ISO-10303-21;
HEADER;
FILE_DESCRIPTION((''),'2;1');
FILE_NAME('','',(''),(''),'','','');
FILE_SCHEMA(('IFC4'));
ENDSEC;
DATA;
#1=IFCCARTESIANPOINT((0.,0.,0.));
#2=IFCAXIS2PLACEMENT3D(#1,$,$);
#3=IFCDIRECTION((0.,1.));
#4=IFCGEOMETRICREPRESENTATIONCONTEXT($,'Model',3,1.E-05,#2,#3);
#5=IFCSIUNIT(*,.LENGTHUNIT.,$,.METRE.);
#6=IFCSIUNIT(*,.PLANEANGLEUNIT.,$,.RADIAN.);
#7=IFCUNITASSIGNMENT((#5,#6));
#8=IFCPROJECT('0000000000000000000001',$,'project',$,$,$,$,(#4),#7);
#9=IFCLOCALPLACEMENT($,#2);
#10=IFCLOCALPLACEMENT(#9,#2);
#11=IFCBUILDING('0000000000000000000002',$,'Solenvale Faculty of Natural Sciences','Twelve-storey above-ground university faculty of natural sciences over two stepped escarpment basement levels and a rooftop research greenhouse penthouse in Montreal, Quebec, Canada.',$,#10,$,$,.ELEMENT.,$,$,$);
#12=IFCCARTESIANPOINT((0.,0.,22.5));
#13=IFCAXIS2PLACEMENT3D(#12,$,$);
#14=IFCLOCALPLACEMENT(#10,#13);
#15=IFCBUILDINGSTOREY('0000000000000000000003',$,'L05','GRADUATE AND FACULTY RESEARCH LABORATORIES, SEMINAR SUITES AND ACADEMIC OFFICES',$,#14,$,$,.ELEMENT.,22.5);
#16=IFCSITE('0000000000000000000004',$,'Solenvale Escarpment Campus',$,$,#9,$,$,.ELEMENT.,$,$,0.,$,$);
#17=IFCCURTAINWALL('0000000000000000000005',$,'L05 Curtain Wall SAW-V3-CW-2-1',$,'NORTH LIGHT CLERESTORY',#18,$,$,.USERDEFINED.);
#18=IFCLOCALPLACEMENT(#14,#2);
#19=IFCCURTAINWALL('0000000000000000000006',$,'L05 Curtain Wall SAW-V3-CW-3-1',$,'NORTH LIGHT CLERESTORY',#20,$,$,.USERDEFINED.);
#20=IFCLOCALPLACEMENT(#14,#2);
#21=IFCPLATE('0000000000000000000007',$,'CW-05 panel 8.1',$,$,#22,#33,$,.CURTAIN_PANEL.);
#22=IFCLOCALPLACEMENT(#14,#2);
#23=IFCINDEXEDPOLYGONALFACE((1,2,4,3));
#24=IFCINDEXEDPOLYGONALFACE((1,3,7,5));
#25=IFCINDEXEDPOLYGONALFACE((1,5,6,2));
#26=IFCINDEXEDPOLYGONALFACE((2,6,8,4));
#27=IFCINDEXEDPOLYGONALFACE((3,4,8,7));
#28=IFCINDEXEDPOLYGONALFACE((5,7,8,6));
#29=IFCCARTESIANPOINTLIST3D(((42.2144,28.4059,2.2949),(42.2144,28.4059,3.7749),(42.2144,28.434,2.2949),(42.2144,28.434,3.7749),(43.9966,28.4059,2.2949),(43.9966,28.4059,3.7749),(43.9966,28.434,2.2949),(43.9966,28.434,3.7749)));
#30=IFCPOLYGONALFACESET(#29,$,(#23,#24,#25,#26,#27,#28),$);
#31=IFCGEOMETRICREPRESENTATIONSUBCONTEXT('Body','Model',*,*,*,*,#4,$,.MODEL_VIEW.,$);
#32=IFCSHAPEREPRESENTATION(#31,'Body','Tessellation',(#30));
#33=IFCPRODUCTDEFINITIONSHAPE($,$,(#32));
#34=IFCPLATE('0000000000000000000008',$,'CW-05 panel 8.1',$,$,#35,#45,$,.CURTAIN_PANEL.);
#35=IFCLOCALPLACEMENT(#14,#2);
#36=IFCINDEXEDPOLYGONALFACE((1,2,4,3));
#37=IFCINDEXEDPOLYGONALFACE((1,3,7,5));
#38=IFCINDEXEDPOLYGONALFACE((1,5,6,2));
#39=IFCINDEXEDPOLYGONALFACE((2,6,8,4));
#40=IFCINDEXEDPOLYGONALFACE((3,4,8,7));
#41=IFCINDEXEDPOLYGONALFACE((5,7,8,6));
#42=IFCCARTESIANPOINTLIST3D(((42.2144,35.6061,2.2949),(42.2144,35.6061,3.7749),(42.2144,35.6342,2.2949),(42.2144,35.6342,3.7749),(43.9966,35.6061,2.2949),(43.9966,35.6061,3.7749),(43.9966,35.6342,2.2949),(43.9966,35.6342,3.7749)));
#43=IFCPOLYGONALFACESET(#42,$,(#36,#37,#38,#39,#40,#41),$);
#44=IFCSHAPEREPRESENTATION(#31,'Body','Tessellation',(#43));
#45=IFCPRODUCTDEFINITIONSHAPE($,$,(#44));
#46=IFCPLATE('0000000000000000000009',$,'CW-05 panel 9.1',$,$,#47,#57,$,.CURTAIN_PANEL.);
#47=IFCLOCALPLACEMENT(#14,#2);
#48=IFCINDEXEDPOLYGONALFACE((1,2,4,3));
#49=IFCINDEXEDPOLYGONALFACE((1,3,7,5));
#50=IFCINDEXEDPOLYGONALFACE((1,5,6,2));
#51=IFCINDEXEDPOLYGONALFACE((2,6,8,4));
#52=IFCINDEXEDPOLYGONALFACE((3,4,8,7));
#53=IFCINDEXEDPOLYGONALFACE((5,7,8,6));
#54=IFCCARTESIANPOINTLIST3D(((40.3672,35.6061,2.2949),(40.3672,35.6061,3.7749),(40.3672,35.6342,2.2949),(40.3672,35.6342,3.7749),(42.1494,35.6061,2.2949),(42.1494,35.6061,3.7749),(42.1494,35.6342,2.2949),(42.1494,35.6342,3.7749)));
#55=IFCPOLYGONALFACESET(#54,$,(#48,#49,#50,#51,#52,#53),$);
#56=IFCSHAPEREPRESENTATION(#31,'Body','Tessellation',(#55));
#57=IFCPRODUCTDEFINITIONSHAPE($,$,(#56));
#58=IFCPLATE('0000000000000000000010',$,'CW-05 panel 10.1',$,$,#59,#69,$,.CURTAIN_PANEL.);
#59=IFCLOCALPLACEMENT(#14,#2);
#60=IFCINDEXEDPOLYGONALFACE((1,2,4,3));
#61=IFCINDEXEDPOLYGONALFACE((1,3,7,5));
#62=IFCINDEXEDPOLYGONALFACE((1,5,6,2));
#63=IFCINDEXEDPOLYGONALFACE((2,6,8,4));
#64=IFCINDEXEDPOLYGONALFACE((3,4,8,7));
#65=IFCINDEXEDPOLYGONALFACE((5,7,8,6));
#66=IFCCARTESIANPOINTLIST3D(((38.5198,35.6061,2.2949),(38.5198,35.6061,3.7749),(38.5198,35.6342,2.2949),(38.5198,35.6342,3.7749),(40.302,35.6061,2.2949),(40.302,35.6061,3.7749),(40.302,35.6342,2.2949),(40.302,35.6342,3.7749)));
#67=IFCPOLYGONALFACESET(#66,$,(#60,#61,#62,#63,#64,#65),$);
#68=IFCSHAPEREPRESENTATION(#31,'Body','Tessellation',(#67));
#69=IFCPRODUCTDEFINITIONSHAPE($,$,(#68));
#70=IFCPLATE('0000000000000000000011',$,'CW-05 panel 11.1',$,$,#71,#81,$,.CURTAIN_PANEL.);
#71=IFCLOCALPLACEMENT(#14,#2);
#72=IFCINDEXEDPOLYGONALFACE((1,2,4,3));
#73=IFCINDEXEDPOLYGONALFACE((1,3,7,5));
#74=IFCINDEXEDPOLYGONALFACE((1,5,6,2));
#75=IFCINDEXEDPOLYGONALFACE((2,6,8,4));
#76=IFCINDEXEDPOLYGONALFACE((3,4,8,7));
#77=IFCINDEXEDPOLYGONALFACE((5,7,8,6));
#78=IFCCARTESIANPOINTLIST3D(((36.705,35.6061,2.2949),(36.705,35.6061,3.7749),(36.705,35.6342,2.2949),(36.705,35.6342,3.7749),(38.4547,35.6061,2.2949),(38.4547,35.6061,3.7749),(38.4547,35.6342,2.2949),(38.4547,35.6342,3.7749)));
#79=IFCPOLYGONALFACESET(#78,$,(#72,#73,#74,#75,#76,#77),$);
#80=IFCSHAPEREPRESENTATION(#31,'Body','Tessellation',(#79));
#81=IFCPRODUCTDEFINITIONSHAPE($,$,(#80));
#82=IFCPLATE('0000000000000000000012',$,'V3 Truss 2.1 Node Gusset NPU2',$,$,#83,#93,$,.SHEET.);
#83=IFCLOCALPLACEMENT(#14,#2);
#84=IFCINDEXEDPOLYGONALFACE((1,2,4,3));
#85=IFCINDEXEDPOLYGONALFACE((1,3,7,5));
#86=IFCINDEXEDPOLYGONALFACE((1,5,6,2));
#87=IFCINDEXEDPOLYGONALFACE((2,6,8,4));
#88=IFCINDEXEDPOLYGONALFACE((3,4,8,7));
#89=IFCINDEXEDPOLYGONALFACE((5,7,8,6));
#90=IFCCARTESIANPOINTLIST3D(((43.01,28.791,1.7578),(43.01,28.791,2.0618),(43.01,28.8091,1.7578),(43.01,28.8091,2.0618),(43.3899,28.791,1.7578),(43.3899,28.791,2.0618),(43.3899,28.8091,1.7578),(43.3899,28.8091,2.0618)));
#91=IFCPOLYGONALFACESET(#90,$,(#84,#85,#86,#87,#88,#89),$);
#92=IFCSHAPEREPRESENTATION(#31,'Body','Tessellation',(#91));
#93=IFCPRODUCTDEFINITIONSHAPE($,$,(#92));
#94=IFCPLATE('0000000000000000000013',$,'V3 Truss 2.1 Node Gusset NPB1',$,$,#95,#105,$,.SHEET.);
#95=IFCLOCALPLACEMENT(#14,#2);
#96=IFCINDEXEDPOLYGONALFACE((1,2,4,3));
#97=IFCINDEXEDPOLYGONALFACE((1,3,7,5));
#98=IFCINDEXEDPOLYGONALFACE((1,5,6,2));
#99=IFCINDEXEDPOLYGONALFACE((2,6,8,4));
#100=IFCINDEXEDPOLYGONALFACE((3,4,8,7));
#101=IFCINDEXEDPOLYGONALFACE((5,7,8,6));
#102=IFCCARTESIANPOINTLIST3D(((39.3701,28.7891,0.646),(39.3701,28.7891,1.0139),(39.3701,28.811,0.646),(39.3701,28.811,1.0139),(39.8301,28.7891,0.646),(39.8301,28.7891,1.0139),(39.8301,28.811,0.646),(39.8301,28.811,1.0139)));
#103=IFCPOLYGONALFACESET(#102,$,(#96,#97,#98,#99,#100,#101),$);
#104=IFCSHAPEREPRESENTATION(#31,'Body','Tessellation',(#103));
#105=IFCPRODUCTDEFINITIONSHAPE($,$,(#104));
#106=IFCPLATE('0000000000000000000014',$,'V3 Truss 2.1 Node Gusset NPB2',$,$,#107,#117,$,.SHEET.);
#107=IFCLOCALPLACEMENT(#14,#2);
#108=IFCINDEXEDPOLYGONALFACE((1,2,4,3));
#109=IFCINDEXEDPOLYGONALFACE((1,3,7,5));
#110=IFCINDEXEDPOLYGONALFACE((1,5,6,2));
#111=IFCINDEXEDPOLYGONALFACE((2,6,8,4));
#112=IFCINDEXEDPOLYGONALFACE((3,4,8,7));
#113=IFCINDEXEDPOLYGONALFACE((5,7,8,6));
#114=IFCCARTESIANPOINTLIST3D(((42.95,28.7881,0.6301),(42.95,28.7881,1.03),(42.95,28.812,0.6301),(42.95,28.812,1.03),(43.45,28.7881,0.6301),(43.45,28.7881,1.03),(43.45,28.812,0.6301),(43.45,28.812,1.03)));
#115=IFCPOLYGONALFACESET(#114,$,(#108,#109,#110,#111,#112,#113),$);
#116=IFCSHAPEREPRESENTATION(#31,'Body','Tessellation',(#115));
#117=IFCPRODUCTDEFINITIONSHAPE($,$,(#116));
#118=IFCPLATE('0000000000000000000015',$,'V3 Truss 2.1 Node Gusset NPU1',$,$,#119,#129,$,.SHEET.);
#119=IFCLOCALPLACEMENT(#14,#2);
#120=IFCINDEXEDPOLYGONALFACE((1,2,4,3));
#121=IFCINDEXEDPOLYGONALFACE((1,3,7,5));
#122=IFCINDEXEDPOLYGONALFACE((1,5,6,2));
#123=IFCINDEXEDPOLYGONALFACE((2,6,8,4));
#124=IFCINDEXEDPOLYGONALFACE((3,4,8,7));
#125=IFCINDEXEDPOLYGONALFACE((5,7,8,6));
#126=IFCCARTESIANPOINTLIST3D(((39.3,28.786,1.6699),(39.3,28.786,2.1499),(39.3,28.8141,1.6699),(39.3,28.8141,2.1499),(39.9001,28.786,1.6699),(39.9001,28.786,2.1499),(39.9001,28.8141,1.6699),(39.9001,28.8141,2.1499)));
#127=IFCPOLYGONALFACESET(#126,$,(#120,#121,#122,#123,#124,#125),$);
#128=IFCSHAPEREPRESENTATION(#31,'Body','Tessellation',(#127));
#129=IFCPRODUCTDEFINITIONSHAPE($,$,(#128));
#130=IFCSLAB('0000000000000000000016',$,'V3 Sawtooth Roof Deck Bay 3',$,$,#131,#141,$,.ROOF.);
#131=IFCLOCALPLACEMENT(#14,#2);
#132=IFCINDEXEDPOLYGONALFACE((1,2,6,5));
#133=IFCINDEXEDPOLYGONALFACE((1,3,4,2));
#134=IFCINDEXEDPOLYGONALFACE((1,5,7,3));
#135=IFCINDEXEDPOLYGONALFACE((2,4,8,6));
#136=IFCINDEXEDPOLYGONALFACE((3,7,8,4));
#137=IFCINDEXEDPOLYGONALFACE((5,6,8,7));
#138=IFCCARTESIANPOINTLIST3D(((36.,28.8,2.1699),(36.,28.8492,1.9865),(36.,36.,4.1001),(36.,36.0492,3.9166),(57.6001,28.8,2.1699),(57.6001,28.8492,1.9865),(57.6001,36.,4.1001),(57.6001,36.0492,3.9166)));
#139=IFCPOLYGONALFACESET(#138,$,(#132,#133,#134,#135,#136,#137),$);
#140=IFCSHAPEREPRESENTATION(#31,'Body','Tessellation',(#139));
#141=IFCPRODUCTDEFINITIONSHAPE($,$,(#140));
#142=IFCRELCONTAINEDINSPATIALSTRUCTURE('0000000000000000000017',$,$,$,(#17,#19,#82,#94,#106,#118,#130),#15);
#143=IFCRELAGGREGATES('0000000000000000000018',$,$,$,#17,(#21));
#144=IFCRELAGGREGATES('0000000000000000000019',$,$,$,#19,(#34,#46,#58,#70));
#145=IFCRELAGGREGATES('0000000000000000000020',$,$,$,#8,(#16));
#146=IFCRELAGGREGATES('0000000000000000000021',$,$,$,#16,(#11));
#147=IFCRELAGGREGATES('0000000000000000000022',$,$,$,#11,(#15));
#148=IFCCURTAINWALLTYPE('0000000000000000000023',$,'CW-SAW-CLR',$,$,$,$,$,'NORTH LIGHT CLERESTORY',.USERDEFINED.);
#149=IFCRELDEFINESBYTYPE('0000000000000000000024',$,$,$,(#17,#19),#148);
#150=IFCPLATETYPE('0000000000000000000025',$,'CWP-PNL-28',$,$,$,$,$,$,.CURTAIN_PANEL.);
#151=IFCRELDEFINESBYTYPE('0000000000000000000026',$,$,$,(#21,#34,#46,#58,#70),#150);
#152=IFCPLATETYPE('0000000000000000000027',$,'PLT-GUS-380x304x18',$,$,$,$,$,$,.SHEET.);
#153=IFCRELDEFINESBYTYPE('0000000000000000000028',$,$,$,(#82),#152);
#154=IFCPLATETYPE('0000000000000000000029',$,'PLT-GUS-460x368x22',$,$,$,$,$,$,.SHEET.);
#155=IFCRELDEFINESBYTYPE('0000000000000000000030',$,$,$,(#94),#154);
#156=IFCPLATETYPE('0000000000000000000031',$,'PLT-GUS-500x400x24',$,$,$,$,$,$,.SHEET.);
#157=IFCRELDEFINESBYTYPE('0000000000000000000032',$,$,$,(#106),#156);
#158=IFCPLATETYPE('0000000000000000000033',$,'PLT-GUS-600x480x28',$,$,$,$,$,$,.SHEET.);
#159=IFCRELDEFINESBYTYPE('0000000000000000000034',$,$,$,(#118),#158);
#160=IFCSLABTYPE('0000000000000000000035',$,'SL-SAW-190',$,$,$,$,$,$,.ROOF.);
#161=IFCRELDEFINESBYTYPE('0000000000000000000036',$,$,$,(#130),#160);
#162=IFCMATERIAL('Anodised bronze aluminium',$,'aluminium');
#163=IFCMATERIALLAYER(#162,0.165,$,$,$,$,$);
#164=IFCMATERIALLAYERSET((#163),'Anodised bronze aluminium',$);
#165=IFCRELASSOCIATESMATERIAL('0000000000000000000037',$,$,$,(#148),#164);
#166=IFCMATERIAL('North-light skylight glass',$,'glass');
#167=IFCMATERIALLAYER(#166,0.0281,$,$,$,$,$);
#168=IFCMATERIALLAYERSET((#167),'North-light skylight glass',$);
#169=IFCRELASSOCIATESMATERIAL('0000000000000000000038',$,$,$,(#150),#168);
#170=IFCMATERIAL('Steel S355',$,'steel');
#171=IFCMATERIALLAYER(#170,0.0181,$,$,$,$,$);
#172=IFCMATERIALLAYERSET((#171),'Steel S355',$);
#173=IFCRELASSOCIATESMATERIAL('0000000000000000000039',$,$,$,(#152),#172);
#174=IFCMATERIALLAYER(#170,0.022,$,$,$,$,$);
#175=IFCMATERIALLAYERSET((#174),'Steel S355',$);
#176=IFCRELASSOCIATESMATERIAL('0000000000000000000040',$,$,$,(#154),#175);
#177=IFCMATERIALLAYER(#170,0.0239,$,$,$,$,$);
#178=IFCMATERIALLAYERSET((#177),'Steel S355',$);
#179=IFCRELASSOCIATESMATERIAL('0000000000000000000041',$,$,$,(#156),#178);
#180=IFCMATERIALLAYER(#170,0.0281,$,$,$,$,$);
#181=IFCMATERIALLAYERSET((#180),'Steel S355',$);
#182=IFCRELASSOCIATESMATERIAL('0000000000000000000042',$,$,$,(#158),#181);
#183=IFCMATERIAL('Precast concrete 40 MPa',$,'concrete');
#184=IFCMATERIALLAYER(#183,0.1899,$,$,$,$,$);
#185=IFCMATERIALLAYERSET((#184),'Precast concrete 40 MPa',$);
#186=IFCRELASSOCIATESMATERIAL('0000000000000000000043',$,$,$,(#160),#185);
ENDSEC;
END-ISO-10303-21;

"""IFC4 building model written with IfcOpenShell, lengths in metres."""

from ifc_helpers import new_model, si_unit, direction, frame, origin, origin_2d, place, context, subcontext, project, spatial, polyline, rectangle, outline, extrude, material, layer, layer_set, type_object, element, aggregate, save


model = new_model("IFC4")

# Units and contexts
model_context = context("Model", 3, precision=1e-05, world=origin(), true_north=direction((0.0, 1.0)))
body_context = subcontext(model_context, "Body", "Model", "MODEL_VIEW")
ifc_project = project(units=[si_unit("LENGTHUNIT", "METRE"), si_unit("PLANEANGLEUNIT", "RADIAN")], contexts=[model_context])

# Site, building, storey
site_placement = place(None, origin())
site = spatial("IfcSite", under=ifc_project, at=site_placement, Name="Solenvale Escarpment Campus", CompositionType="ELEMENT", RefElevation=0.0)
building_placement = place(site_placement, origin())
building = spatial("IfcBuilding", under=site, at=building_placement, Name="Solenvale Faculty of Natural Sciences", Description="Twelve-storey above-ground university faculty of natural sciences over two stepped escarpment basement levels and a rooftop research greenhouse penthouse in Montreal, Quebec, Canada.", CompositionType="ELEMENT")
storey_placement = place(building_placement, frame((0.0, 0.0, 22.5)))
storey = spatial("IfcBuildingStorey", under=building, at=storey_placement, Name="L05", Description="GRADUATE AND FACULTY RESEARCH LABORATORIES, SEMINAR SUITES AND ACADEMIC OFFICES", CompositionType="ELEMENT", Elevation=22.5)

# Shared definitions
ifc_material_1 = material(Name="Steel S355", Category="steel")

# Curtain walls
ifc_material_2 = material(Name="Anodised bronze aluminium", Category="aluminium")
ifc_layer_1 = layer(ifc_material_2, 0.165)
ifc_layer_set_1 = layer_set([ifc_layer_1], Name="Anodised bronze aluminium")
curtain_wall_type = type_object("IfcCurtainWallType", Name="CW-SAW-CLR", ElementType="NORTH LIGHT CLERESTORY", PredefinedType="USERDEFINED", material=ifc_layer_set_1)
curtain_wall_1_placement = place(storey_placement, origin())
curtain_wall_1 = element("IfcCurtainWall", 1, at=curtain_wall_1_placement, inside=storey, type_object=curtain_wall_type, Name="L05 Curtain Wall SAW-V3-CW-2-1", ObjectType="NORTH LIGHT CLERESTORY", PredefinedType="USERDEFINED")
curtain_wall_2_placement = place(storey_placement, origin())
curtain_wall_2 = element("IfcCurtainWall", 2, at=curtain_wall_2_placement, inside=storey, type_object=curtain_wall_type, Name="L05 Curtain Wall SAW-V3-CW-3-1", ObjectType="NORTH LIGHT CLERESTORY", PredefinedType="USERDEFINED")

# Plates
ifc_material_3 = material(Name="North-light skylight glass", Category="glass")
ifc_layer_2 = layer(ifc_material_3, 0.0281)
ifc_layer_set_2 = layer_set([ifc_layer_2], Name="North-light skylight glass")
plate_type_1 = type_object("IfcPlateType", Name="CWP-PNL-28", PredefinedType="CURTAIN_PANEL", material=ifc_layer_set_2)
plate_1_placement = place(storey_placement, frame((43.1055, 28.4199, 2.2949), z_axis=(0.0, 0.0, 1.0), x_axis=(-1.0, 0.0, 0.0)))
plate_1 = element("IfcPlate", 3, at=plate_1_placement, type_object=plate_type_1, Name="CW-05 panel 8.1", PredefinedType="CURTAIN_PANEL", context=body_context, shape_type="SweptSolid", body=[
    extrude(rectangle(XDim=1.7822, YDim=0.0281, at=origin_2d()), origin(), (0.0, 0.0, 1.0), 1.48),
])
aggregate(curtain_wall_1, [plate_1])
plate_2_placement = place(storey_placement, frame((43.1055, 35.6201, 2.2949), z_axis=(0.0, 0.0, 1.0), x_axis=(-1.0, 0.0, 0.0)))
plate_2 = element("IfcPlate", 4, at=plate_2_placement, type_object=plate_type_1, Name="CW-05 panel 8.1", PredefinedType="CURTAIN_PANEL", context=body_context, shape_type="SweptSolid", body=[
    extrude(rectangle(XDim=1.7822, YDim=0.0281, at=origin_2d()), origin(), (0.0, 0.0, 1.0), 1.48),
])
plate_3_placement = place(storey_placement, frame((41.2583, 35.6201, 2.2949), z_axis=(0.0, 0.0, 1.0), x_axis=(-1.0, 0.0, 0.0)))
plate_3 = element("IfcPlate", 5, at=plate_3_placement, type_object=plate_type_1, Name="CW-05 panel 9.1", PredefinedType="CURTAIN_PANEL", context=body_context, shape_type="SweptSolid", body=[
    extrude(rectangle(XDim=1.7822, YDim=0.0281, at=origin_2d()), origin(), (0.0, 0.0, 1.0), 1.48),
])
plate_4_placement = place(storey_placement, frame((39.4109, 35.6201, 2.2949), z_axis=(0.0, 0.0, 1.0), x_axis=(-1.0, 0.0, 0.0)))
plate_4 = element("IfcPlate", 6, at=plate_4_placement, type_object=plate_type_1, Name="CW-05 panel 10.1", PredefinedType="CURTAIN_PANEL", context=body_context, shape_type="SweptSolid", body=[
    extrude(rectangle(XDim=1.7822, YDim=0.0281, at=origin_2d()), origin(), (0.0, 0.0, 1.0), 1.48),
])
plate_5_placement = place(storey_placement, frame((37.5798, 35.6201, 2.2949), z_axis=(0.0, 0.0, 1.0), x_axis=(-1.0, 0.0, 0.0)))
plate_5 = element("IfcPlate", 7, at=plate_5_placement, type_object=plate_type_1, Name="CW-05 panel 11.1", PredefinedType="CURTAIN_PANEL", context=body_context, shape_type="SweptSolid", body=[
    extrude(rectangle(XDim=1.7498, YDim=0.0281, at=origin_2d()), origin(), (0.0, 0.0, 1.0), 1.48),
])
aggregate(curtain_wall_2, [plate_2, plate_3, plate_4, plate_5])

# Plates
ifc_layer_3 = layer(ifc_material_1, 0.0181)
ifc_layer_set_3 = layer_set([ifc_layer_3], Name="Steel S355")
plate_type_2 = type_object("IfcPlateType", Name="PLT-GUS-380x304x18", PredefinedType="SHEET", material=ifc_layer_set_3)
plate_6_placement = place(storey_placement, frame((43.2, 28.8, 1.7578), z_axis=(0.0, 0.0, 1.0), x_axis=(1.0, 0.0, 0.0)))
element("IfcPlate", 8, at=plate_6_placement, inside=storey, type_object=plate_type_2, Name="V3 Truss 2.1 Node Gusset NPU2", PredefinedType="SHEET", context=body_context, shape_type="SweptSolid", body=[
    extrude(rectangle(XDim=0.3799, YDim=0.0181, at=origin_2d()), origin(), (0.0, 0.0, 1.0), 0.304),
])
ifc_layer_4 = layer(ifc_material_1, 0.022)
ifc_layer_set_4 = layer_set([ifc_layer_4], Name="Steel S355")
plate_type_3 = type_object("IfcPlateType", Name="PLT-GUS-460x368x22", PredefinedType="SHEET", material=ifc_layer_set_4)
plate_7_placement = place(storey_placement, frame((39.6001, 28.8, 0.646), z_axis=(0.0, 0.0, 1.0), x_axis=(1.0, 0.0, 0.0)))
element("IfcPlate", 9, at=plate_7_placement, inside=storey, type_object=plate_type_3, Name="V3 Truss 2.1 Node Gusset NPB1", PredefinedType="SHEET", context=body_context, shape_type="SweptSolid", body=[
    extrude(rectangle(XDim=0.46, YDim=0.022, at=origin_2d()), origin(), (0.0, 0.0, 1.0), 0.3679),
])
ifc_layer_5 = layer(ifc_material_1, 0.0239)
ifc_layer_set_5 = layer_set([ifc_layer_5], Name="Steel S355")
plate_type_4 = type_object("IfcPlateType", Name="PLT-GUS-500x400x24", PredefinedType="SHEET", material=ifc_layer_set_5)
plate_8_placement = place(storey_placement, frame((43.2, 28.8, 0.6301), z_axis=(0.0, 0.0, 1.0), x_axis=(1.0, 0.0, 0.0)))
element("IfcPlate", 10, at=plate_8_placement, inside=storey, type_object=plate_type_4, Name="V3 Truss 2.1 Node Gusset NPB2", PredefinedType="SHEET", context=body_context, shape_type="SweptSolid", body=[
    extrude(rectangle(XDim=0.5, YDim=0.0239, at=origin_2d()), origin(), (0.0, 0.0, 1.0), 0.3999),
])
ifc_layer_6 = layer(ifc_material_1, 0.0281)
ifc_layer_set_6 = layer_set([ifc_layer_6], Name="Steel S355")
plate_type_5 = type_object("IfcPlateType", Name="PLT-GUS-600x480x28", PredefinedType="SHEET", material=ifc_layer_set_6)
plate_9_placement = place(storey_placement, frame((39.6001, 28.8, 1.6699), z_axis=(0.0, 0.0, 1.0), x_axis=(1.0, 0.0, 0.0)))
element("IfcPlate", 11, at=plate_9_placement, inside=storey, type_object=plate_type_5, Name="V3 Truss 2.1 Node Gusset NPU1", PredefinedType="SHEET", context=body_context, shape_type="SweptSolid", body=[
    extrude(rectangle(XDim=0.6001, YDim=0.0281, at=origin_2d()), origin(), (0.0, 0.0, 1.0), 0.48),
])

# Slab
ifc_material_4 = material(Name="Precast concrete 40 MPa", Category="concrete")
ifc_layer_7 = layer(ifc_material_4, 0.1899)
ifc_layer_set_7 = layer_set([ifc_layer_7], Name="Precast concrete 40 MPa")
slab_type = type_object("IfcSlabType", Name="SL-SAW-190", PredefinedType="ROOF", material=ifc_layer_set_7)
slab_placement = place(storey_placement, frame((36.0, 28.8, 2.1699), z_axis=(0.0, -0.258939, 0.965894), x_axis=(1.0, 0.0, 0.0)))
element("IfcSlab", 12, at=slab_placement, inside=storey, type_object=slab_type, Name="V3 Sawtooth Roof Deck Bay 3", PredefinedType="ROOF", context=body_context, shape_type="SweptSolid", body=[
    extrude(outline(polyline([(0.0, 0.0), (21.6001, 0.0), (21.6001, 7.4542), (0.0, 7.4542), (0.0, 0.0)])), origin(), (0.0, 0.0, -1.0), 0.1899),
])

save(model, "model.ifc")
